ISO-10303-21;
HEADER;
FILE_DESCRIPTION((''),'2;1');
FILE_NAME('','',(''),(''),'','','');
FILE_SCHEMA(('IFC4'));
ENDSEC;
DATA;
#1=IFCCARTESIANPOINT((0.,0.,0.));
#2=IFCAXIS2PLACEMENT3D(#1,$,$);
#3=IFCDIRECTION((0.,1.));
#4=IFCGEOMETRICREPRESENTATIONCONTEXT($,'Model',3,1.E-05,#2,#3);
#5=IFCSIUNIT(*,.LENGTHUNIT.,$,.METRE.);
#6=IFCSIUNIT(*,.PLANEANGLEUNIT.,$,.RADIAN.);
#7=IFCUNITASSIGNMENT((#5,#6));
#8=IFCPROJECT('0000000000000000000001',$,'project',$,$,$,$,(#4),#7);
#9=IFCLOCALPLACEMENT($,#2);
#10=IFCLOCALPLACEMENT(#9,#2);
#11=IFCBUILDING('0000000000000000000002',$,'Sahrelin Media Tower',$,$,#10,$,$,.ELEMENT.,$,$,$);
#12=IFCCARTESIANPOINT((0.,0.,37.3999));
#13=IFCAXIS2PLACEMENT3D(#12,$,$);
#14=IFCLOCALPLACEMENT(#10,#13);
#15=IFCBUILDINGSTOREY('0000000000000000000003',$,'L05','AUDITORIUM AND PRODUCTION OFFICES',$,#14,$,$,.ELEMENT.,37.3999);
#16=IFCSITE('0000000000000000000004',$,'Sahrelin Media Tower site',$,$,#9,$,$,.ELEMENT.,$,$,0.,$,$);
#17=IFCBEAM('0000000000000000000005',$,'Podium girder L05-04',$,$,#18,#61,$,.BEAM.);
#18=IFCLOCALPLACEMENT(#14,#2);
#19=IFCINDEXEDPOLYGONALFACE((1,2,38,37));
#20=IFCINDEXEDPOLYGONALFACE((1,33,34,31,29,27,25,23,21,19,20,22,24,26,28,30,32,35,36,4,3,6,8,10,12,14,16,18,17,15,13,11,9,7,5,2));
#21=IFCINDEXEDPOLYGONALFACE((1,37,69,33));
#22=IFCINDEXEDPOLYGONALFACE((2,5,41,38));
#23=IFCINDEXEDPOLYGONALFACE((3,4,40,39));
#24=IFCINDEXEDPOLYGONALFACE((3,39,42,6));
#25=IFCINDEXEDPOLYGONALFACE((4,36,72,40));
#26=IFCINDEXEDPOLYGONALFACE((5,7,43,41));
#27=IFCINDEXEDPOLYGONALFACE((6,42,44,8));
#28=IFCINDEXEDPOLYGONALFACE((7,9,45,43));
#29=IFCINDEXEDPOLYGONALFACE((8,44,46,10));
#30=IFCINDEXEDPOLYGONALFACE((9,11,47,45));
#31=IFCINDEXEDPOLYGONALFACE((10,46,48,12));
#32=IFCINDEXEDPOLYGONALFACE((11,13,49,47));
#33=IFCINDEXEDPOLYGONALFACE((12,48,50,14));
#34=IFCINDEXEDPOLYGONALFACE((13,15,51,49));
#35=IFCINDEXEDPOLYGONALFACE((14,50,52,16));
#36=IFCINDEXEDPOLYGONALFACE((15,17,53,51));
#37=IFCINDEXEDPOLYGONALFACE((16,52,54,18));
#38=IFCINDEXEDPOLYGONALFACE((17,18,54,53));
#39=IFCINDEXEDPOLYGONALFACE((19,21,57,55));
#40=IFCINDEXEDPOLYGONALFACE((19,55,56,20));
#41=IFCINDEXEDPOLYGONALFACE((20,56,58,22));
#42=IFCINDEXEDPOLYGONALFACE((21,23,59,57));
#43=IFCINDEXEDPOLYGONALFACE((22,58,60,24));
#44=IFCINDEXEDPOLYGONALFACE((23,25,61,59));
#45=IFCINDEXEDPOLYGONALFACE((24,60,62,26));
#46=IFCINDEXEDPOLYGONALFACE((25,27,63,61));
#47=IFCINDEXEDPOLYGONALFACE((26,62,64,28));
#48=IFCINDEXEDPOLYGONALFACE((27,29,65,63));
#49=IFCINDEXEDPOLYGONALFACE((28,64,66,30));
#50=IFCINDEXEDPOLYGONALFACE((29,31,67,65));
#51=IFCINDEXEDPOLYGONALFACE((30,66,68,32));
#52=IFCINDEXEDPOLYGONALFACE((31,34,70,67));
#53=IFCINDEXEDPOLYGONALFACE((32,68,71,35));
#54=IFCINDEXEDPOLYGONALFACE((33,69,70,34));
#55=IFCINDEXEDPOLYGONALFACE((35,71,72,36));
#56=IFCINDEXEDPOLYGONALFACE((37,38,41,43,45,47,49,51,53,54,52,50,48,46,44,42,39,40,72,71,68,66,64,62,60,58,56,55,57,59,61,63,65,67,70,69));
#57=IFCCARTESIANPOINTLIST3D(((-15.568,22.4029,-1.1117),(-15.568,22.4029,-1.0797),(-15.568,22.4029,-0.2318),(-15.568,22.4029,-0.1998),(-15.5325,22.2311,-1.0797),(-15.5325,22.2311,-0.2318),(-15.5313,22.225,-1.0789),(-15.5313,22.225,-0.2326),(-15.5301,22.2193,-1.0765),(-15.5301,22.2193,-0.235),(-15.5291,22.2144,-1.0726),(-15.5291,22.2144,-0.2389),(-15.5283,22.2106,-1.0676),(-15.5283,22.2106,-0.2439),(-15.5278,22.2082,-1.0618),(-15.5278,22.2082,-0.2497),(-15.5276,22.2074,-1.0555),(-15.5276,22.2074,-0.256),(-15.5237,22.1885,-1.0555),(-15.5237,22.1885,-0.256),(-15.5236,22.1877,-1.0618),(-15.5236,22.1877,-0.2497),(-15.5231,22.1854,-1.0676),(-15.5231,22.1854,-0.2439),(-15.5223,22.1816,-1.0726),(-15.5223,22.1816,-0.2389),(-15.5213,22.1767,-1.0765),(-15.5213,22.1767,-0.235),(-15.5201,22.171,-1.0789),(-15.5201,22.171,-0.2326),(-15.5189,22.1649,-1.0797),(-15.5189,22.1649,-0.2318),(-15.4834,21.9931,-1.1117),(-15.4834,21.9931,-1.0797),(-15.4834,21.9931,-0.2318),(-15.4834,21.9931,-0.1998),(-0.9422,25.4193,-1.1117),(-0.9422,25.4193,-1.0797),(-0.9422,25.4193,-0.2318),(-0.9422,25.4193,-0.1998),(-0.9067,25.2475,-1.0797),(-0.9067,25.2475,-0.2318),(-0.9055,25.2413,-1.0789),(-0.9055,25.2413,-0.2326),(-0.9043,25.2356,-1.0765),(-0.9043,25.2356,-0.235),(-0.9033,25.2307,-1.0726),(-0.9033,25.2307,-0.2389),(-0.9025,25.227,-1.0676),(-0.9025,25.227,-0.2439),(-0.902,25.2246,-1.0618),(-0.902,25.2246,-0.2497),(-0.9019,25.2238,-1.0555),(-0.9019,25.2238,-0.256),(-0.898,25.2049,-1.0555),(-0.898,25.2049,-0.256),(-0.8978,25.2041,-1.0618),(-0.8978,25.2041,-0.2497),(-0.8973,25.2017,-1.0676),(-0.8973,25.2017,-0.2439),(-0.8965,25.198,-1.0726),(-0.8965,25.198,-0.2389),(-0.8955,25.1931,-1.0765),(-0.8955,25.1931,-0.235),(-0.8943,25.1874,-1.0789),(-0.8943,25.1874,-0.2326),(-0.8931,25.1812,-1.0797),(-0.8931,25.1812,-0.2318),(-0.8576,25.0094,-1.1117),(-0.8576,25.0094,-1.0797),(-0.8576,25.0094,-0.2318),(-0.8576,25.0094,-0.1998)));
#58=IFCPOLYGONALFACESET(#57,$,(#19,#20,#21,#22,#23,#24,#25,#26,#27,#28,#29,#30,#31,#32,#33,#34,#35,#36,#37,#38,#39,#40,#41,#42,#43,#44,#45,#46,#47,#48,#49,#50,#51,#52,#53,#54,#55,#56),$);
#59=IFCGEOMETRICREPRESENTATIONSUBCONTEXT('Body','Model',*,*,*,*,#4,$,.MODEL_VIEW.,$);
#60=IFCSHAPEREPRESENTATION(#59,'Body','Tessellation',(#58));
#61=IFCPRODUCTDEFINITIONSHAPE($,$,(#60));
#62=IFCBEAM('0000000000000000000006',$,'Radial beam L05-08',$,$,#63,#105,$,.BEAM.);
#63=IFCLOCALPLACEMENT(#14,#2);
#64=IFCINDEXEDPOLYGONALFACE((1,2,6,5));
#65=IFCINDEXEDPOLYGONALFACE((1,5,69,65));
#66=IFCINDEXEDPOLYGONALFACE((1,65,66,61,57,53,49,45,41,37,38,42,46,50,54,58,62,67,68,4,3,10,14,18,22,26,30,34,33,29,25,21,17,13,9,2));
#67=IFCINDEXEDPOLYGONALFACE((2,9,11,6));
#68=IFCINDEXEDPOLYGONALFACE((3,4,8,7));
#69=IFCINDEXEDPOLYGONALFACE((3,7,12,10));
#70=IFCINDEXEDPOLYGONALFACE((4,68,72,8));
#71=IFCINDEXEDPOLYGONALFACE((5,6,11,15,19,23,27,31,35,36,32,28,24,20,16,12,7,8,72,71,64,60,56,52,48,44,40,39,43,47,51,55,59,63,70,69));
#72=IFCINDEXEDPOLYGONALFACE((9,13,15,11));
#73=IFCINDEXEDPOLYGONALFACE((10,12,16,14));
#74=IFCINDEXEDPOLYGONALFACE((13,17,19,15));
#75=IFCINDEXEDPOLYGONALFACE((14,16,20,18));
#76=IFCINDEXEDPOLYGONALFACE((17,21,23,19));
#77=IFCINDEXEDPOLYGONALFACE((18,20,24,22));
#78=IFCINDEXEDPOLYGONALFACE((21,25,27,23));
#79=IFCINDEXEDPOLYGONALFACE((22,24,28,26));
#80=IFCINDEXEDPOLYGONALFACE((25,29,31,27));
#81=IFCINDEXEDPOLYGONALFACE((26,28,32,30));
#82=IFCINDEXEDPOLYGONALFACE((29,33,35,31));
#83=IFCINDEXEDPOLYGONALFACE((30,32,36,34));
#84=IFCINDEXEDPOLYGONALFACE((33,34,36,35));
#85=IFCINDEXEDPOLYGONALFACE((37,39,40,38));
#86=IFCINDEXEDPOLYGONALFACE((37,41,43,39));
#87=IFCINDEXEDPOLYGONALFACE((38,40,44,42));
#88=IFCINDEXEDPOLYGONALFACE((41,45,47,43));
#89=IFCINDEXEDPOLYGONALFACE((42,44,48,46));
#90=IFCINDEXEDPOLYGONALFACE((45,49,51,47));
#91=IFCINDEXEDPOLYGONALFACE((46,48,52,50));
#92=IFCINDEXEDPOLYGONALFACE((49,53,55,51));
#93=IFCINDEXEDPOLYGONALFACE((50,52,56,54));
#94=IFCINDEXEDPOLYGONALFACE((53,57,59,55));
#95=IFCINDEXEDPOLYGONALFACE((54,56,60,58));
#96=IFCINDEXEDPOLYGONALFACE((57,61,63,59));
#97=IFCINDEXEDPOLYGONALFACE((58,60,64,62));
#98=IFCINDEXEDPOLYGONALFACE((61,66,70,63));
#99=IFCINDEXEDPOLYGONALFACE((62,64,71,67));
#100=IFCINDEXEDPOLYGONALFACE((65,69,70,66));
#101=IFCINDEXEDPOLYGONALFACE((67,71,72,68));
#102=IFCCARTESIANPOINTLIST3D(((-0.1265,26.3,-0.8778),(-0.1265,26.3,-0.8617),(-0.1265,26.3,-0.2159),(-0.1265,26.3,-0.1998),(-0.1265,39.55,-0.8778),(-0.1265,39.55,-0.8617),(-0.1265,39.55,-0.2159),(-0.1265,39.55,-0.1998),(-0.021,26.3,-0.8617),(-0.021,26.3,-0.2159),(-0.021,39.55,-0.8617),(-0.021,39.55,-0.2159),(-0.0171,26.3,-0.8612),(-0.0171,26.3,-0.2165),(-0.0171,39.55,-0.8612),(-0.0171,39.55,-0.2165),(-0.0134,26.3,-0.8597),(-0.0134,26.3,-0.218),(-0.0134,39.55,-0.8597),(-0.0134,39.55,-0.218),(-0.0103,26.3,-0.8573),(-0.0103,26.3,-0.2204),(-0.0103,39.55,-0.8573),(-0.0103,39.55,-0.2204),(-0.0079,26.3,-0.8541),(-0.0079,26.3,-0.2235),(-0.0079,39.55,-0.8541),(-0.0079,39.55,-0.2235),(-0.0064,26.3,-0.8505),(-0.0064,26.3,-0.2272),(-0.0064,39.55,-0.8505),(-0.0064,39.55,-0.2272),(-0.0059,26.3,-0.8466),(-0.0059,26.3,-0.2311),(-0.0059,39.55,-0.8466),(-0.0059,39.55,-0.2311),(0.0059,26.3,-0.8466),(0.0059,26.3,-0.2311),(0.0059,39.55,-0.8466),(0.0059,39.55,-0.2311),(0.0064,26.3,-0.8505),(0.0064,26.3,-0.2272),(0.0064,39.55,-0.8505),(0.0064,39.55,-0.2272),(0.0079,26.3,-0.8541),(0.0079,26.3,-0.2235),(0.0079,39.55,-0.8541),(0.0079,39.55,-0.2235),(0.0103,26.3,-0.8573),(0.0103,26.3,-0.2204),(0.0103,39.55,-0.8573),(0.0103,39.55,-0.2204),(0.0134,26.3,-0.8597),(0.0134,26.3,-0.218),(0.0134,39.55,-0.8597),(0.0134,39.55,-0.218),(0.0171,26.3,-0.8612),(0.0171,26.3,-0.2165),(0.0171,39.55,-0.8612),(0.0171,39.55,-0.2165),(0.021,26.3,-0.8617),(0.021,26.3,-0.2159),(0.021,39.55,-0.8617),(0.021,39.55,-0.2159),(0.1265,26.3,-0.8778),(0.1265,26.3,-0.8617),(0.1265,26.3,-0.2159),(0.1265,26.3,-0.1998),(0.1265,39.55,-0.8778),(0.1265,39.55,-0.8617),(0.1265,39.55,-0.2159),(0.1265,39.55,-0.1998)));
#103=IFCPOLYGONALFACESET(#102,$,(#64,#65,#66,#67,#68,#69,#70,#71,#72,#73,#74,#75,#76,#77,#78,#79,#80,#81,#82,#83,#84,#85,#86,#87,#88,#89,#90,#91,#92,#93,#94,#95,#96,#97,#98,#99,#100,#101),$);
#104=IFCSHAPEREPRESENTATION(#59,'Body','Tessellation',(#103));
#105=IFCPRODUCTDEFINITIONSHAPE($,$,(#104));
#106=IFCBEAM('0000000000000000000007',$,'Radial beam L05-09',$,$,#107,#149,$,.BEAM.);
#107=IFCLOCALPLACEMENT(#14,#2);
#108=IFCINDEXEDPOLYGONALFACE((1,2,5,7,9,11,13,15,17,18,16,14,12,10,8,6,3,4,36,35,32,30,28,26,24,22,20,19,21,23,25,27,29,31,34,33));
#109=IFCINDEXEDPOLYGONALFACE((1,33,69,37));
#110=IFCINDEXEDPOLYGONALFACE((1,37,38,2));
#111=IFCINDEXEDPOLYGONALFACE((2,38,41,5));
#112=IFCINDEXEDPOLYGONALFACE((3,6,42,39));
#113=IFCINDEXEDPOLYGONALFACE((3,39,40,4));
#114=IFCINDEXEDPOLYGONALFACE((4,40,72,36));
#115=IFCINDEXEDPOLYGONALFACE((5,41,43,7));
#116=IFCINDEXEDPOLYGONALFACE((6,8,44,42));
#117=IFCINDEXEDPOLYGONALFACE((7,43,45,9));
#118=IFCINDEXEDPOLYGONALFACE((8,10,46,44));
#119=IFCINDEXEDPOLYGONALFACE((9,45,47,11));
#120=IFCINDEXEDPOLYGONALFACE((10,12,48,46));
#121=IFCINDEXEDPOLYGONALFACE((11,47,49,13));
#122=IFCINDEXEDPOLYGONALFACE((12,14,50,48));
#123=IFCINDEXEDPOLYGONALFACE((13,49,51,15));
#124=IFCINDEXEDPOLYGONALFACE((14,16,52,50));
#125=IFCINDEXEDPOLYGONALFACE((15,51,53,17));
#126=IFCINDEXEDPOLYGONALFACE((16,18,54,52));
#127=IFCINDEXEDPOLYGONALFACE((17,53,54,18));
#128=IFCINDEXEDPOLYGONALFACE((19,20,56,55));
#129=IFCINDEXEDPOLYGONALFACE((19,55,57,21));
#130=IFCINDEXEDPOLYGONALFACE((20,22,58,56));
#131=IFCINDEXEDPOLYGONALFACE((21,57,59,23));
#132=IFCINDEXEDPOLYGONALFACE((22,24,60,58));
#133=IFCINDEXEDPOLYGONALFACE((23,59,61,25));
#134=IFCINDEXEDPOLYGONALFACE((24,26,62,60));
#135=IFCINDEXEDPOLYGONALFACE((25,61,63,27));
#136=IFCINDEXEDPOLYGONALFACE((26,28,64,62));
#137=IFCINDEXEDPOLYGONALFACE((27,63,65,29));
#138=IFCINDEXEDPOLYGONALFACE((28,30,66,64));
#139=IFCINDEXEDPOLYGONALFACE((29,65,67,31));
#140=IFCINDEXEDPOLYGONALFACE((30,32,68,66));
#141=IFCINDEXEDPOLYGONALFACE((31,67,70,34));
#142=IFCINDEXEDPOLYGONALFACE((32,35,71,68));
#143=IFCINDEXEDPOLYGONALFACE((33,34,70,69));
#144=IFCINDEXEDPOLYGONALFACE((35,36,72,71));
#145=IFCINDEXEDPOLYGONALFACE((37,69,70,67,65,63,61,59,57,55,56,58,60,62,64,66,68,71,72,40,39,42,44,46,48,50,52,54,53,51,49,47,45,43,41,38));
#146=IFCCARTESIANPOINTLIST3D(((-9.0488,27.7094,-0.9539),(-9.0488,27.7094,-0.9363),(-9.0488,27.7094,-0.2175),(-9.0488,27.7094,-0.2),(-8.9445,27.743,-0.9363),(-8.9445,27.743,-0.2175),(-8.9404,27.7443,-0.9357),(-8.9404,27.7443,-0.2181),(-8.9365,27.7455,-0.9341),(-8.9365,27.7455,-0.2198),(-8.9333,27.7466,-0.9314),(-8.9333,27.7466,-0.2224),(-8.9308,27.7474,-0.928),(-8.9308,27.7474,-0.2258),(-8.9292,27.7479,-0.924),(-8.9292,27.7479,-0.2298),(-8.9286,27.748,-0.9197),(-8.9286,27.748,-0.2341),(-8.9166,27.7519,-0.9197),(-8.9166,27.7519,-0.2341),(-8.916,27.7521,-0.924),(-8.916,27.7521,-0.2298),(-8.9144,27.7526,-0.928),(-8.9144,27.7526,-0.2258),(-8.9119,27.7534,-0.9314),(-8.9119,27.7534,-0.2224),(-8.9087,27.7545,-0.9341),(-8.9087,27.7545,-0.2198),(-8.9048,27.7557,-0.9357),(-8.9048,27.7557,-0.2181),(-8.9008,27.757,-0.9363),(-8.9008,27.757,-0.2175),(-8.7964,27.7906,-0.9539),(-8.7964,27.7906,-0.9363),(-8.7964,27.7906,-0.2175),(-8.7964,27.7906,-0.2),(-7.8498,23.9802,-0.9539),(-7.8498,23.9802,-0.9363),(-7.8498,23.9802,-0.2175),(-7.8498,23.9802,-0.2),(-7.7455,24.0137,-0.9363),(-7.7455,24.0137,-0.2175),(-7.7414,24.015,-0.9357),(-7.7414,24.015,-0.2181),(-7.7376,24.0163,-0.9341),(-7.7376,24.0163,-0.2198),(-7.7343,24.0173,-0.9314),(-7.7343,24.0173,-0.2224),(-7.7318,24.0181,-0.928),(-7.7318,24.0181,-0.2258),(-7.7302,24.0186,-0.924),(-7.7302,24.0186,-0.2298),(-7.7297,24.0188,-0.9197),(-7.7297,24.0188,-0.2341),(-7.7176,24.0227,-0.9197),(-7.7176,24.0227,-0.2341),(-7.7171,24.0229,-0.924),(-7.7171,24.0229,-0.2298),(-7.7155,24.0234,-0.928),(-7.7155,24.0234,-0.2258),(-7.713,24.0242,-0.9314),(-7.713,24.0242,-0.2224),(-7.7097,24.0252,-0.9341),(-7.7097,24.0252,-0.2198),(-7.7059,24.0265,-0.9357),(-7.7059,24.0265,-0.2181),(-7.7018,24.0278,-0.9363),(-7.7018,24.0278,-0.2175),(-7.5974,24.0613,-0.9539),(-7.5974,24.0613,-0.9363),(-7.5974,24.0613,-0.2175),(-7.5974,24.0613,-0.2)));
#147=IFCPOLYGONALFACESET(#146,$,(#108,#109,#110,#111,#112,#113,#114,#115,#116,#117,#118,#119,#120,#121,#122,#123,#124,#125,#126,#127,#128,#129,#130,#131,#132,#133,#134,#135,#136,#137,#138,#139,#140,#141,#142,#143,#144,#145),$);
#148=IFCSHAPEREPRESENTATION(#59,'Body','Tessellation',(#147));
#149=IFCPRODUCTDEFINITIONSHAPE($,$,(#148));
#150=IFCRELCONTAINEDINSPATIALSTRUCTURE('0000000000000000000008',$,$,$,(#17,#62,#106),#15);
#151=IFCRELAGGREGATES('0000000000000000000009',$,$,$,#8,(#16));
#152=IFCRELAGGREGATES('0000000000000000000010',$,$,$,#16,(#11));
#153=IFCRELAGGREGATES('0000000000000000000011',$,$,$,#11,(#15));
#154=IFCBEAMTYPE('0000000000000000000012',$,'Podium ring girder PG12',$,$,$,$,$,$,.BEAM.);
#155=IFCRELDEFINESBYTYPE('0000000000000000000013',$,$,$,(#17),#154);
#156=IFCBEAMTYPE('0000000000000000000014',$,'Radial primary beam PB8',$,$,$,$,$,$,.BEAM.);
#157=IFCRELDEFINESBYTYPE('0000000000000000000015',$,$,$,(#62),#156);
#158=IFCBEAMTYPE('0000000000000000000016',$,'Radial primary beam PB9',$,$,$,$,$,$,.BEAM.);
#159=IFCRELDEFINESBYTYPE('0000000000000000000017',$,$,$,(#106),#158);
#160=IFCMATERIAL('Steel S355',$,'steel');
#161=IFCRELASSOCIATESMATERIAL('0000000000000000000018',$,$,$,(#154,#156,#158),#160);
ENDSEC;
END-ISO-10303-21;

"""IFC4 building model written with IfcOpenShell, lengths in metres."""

from ifc_helpers import new_model, si_unit, direction, frame, origin, origin_2d, place, context, subcontext, project, spatial, i_section, extrude, material, material_profile, profile_set, type_object, element, save


model = new_model("IFC4")

# Units and contexts
model_context = context("Model", 3, precision=1e-05, world=origin(), true_north=direction((0.0, 1.0)))
body_context = subcontext(model_context, "Body", "Model", "MODEL_VIEW")
ifc_project = project(units=[si_unit("LENGTHUNIT", "METRE"), si_unit("PLANEANGLEUNIT", "RADIAN")], contexts=[model_context])

# Site, building, storey
site_placement = place(None, origin())
site = spatial("IfcSite", under=ifc_project, at=site_placement, Name="Sahrelin Media Tower site", CompositionType="ELEMENT", RefElevation=0.0)
building_placement = place(site_placement, origin())
building = spatial("IfcBuilding", under=site, at=building_placement, Name="Sahrelin Media Tower", CompositionType="ELEMENT")
storey_placement = place(building_placement, frame((0.0, 0.0, 37.3999)))
storey = spatial("IfcBuildingStorey", under=building, at=storey_placement, Name="L05", Description="AUDITORIUM AND PRODUCTION OFFICES", CompositionType="ELEMENT", Elevation=37.3999)

# Shared definitions
ifc_material_1 = material(Name="Steel S355", Category="steel")

# Beams
ifc_material_profile_1 = material_profile(ifc_material_1, i_section(OverallWidth=0.4185, OverallDepth=0.9119, WebThickness=0.0193, FlangeThickness=0.032, FilletRadius=0.0242, at=origin_2d()), Name="UB 914x419x343")
ifc_profile_set_1 = profile_set([ifc_material_profile_1], Name="Steel S355")
beam_type_1 = type_object("IfcBeamType", Name="Podium ring girder PG12", PredefinedType="BEAM", material=ifc_profile_set_1)
beam_1_placement = place(storey_placement, frame((-0.8999, 25.2144, -0.6558), z_axis=(-0.979389, -0.201985, 0.0), x_axis=(0.201985, -0.979389, 0.0)))
element("IfcBeam", 1, at=beam_1_placement, inside=storey, type_object=beam_type_1, Name="Podium girder L05-04", PredefinedType="BEAM", context=body_context, shape_type="SweptSolid", body=[
    extrude(i_section(OverallWidth=0.4185, OverallDepth=0.9119, WebThickness=0.0193, FlangeThickness=0.032, FilletRadius=0.0242, at=origin_2d()), origin(), (0.0, 0.0, 1.0), 14.9336),
])
ifc_material_profile_2 = material_profile(ifc_material_1, i_section(OverallWidth=0.2529, OverallDepth=0.678, WebThickness=0.0117, FlangeThickness=0.0161, FilletRadius=0.0151, at=origin_2d()), Name="UB 686x254x125")
ifc_profile_set_2 = profile_set([ifc_material_profile_2], Name="Steel S355")
beam_type_2 = type_object("IfcBeamType", Name="Radial primary beam PB8", PredefinedType="BEAM", material=ifc_profile_set_2)
beam_2_placement = place(storey_placement, frame((0.0, 26.3, -0.5388), z_axis=(0.0, 1.0, 0.0), x_axis=(-1.0, 0.0, 0.0)))
element("IfcBeam", 2, at=beam_2_placement, inside=storey, type_object=beam_type_2, Name="Radial beam L05-08", PredefinedType="BEAM", context=body_context, shape_type="SweptSolid", body=[
    extrude(i_section(OverallWidth=0.2529, OverallDepth=0.678, WebThickness=0.0117, FlangeThickness=0.0161, FilletRadius=0.0151, at=origin_2d()), origin(), (0.0, 0.0, 1.0), 13.25),
])
ifc_material_profile_3 = material_profile(ifc_material_1, i_section(OverallWidth=0.2651, OverallDepth=0.7539, WebThickness=0.0127, FlangeThickness=0.0176, FilletRadius=0.0166, at=origin_2d()), Name="UB 762x267x147")
ifc_profile_set_3 = profile_set([ifc_material_profile_3], Name="Steel S355")
beam_type_3 = type_object("IfcBeamType", Name="Radial primary beam PB9", PredefinedType="BEAM", material=ifc_profile_set_3)
beam_3_placement = place(storey_placement, frame((-7.7236, 24.0208, -0.5769), z_axis=(-0.306076, 0.952007, 0.0), x_axis=(-0.952007, -0.306076, 0.0)))
element("IfcBeam", 3, at=beam_3_placement, inside=storey, type_object=beam_type_3, Name="Radial beam L05-09", PredefinedType="BEAM", context=body_context, shape_type="SweptSolid", body=[
    extrude(i_section(OverallWidth=0.2651, OverallDepth=0.7539, WebThickness=0.0127, FlangeThickness=0.0176, FilletRadius=0.0166, at=origin_2d()), origin(), (0.0, 0.0, 1.0), 3.9172),
])

save(model, "model.ifc")
